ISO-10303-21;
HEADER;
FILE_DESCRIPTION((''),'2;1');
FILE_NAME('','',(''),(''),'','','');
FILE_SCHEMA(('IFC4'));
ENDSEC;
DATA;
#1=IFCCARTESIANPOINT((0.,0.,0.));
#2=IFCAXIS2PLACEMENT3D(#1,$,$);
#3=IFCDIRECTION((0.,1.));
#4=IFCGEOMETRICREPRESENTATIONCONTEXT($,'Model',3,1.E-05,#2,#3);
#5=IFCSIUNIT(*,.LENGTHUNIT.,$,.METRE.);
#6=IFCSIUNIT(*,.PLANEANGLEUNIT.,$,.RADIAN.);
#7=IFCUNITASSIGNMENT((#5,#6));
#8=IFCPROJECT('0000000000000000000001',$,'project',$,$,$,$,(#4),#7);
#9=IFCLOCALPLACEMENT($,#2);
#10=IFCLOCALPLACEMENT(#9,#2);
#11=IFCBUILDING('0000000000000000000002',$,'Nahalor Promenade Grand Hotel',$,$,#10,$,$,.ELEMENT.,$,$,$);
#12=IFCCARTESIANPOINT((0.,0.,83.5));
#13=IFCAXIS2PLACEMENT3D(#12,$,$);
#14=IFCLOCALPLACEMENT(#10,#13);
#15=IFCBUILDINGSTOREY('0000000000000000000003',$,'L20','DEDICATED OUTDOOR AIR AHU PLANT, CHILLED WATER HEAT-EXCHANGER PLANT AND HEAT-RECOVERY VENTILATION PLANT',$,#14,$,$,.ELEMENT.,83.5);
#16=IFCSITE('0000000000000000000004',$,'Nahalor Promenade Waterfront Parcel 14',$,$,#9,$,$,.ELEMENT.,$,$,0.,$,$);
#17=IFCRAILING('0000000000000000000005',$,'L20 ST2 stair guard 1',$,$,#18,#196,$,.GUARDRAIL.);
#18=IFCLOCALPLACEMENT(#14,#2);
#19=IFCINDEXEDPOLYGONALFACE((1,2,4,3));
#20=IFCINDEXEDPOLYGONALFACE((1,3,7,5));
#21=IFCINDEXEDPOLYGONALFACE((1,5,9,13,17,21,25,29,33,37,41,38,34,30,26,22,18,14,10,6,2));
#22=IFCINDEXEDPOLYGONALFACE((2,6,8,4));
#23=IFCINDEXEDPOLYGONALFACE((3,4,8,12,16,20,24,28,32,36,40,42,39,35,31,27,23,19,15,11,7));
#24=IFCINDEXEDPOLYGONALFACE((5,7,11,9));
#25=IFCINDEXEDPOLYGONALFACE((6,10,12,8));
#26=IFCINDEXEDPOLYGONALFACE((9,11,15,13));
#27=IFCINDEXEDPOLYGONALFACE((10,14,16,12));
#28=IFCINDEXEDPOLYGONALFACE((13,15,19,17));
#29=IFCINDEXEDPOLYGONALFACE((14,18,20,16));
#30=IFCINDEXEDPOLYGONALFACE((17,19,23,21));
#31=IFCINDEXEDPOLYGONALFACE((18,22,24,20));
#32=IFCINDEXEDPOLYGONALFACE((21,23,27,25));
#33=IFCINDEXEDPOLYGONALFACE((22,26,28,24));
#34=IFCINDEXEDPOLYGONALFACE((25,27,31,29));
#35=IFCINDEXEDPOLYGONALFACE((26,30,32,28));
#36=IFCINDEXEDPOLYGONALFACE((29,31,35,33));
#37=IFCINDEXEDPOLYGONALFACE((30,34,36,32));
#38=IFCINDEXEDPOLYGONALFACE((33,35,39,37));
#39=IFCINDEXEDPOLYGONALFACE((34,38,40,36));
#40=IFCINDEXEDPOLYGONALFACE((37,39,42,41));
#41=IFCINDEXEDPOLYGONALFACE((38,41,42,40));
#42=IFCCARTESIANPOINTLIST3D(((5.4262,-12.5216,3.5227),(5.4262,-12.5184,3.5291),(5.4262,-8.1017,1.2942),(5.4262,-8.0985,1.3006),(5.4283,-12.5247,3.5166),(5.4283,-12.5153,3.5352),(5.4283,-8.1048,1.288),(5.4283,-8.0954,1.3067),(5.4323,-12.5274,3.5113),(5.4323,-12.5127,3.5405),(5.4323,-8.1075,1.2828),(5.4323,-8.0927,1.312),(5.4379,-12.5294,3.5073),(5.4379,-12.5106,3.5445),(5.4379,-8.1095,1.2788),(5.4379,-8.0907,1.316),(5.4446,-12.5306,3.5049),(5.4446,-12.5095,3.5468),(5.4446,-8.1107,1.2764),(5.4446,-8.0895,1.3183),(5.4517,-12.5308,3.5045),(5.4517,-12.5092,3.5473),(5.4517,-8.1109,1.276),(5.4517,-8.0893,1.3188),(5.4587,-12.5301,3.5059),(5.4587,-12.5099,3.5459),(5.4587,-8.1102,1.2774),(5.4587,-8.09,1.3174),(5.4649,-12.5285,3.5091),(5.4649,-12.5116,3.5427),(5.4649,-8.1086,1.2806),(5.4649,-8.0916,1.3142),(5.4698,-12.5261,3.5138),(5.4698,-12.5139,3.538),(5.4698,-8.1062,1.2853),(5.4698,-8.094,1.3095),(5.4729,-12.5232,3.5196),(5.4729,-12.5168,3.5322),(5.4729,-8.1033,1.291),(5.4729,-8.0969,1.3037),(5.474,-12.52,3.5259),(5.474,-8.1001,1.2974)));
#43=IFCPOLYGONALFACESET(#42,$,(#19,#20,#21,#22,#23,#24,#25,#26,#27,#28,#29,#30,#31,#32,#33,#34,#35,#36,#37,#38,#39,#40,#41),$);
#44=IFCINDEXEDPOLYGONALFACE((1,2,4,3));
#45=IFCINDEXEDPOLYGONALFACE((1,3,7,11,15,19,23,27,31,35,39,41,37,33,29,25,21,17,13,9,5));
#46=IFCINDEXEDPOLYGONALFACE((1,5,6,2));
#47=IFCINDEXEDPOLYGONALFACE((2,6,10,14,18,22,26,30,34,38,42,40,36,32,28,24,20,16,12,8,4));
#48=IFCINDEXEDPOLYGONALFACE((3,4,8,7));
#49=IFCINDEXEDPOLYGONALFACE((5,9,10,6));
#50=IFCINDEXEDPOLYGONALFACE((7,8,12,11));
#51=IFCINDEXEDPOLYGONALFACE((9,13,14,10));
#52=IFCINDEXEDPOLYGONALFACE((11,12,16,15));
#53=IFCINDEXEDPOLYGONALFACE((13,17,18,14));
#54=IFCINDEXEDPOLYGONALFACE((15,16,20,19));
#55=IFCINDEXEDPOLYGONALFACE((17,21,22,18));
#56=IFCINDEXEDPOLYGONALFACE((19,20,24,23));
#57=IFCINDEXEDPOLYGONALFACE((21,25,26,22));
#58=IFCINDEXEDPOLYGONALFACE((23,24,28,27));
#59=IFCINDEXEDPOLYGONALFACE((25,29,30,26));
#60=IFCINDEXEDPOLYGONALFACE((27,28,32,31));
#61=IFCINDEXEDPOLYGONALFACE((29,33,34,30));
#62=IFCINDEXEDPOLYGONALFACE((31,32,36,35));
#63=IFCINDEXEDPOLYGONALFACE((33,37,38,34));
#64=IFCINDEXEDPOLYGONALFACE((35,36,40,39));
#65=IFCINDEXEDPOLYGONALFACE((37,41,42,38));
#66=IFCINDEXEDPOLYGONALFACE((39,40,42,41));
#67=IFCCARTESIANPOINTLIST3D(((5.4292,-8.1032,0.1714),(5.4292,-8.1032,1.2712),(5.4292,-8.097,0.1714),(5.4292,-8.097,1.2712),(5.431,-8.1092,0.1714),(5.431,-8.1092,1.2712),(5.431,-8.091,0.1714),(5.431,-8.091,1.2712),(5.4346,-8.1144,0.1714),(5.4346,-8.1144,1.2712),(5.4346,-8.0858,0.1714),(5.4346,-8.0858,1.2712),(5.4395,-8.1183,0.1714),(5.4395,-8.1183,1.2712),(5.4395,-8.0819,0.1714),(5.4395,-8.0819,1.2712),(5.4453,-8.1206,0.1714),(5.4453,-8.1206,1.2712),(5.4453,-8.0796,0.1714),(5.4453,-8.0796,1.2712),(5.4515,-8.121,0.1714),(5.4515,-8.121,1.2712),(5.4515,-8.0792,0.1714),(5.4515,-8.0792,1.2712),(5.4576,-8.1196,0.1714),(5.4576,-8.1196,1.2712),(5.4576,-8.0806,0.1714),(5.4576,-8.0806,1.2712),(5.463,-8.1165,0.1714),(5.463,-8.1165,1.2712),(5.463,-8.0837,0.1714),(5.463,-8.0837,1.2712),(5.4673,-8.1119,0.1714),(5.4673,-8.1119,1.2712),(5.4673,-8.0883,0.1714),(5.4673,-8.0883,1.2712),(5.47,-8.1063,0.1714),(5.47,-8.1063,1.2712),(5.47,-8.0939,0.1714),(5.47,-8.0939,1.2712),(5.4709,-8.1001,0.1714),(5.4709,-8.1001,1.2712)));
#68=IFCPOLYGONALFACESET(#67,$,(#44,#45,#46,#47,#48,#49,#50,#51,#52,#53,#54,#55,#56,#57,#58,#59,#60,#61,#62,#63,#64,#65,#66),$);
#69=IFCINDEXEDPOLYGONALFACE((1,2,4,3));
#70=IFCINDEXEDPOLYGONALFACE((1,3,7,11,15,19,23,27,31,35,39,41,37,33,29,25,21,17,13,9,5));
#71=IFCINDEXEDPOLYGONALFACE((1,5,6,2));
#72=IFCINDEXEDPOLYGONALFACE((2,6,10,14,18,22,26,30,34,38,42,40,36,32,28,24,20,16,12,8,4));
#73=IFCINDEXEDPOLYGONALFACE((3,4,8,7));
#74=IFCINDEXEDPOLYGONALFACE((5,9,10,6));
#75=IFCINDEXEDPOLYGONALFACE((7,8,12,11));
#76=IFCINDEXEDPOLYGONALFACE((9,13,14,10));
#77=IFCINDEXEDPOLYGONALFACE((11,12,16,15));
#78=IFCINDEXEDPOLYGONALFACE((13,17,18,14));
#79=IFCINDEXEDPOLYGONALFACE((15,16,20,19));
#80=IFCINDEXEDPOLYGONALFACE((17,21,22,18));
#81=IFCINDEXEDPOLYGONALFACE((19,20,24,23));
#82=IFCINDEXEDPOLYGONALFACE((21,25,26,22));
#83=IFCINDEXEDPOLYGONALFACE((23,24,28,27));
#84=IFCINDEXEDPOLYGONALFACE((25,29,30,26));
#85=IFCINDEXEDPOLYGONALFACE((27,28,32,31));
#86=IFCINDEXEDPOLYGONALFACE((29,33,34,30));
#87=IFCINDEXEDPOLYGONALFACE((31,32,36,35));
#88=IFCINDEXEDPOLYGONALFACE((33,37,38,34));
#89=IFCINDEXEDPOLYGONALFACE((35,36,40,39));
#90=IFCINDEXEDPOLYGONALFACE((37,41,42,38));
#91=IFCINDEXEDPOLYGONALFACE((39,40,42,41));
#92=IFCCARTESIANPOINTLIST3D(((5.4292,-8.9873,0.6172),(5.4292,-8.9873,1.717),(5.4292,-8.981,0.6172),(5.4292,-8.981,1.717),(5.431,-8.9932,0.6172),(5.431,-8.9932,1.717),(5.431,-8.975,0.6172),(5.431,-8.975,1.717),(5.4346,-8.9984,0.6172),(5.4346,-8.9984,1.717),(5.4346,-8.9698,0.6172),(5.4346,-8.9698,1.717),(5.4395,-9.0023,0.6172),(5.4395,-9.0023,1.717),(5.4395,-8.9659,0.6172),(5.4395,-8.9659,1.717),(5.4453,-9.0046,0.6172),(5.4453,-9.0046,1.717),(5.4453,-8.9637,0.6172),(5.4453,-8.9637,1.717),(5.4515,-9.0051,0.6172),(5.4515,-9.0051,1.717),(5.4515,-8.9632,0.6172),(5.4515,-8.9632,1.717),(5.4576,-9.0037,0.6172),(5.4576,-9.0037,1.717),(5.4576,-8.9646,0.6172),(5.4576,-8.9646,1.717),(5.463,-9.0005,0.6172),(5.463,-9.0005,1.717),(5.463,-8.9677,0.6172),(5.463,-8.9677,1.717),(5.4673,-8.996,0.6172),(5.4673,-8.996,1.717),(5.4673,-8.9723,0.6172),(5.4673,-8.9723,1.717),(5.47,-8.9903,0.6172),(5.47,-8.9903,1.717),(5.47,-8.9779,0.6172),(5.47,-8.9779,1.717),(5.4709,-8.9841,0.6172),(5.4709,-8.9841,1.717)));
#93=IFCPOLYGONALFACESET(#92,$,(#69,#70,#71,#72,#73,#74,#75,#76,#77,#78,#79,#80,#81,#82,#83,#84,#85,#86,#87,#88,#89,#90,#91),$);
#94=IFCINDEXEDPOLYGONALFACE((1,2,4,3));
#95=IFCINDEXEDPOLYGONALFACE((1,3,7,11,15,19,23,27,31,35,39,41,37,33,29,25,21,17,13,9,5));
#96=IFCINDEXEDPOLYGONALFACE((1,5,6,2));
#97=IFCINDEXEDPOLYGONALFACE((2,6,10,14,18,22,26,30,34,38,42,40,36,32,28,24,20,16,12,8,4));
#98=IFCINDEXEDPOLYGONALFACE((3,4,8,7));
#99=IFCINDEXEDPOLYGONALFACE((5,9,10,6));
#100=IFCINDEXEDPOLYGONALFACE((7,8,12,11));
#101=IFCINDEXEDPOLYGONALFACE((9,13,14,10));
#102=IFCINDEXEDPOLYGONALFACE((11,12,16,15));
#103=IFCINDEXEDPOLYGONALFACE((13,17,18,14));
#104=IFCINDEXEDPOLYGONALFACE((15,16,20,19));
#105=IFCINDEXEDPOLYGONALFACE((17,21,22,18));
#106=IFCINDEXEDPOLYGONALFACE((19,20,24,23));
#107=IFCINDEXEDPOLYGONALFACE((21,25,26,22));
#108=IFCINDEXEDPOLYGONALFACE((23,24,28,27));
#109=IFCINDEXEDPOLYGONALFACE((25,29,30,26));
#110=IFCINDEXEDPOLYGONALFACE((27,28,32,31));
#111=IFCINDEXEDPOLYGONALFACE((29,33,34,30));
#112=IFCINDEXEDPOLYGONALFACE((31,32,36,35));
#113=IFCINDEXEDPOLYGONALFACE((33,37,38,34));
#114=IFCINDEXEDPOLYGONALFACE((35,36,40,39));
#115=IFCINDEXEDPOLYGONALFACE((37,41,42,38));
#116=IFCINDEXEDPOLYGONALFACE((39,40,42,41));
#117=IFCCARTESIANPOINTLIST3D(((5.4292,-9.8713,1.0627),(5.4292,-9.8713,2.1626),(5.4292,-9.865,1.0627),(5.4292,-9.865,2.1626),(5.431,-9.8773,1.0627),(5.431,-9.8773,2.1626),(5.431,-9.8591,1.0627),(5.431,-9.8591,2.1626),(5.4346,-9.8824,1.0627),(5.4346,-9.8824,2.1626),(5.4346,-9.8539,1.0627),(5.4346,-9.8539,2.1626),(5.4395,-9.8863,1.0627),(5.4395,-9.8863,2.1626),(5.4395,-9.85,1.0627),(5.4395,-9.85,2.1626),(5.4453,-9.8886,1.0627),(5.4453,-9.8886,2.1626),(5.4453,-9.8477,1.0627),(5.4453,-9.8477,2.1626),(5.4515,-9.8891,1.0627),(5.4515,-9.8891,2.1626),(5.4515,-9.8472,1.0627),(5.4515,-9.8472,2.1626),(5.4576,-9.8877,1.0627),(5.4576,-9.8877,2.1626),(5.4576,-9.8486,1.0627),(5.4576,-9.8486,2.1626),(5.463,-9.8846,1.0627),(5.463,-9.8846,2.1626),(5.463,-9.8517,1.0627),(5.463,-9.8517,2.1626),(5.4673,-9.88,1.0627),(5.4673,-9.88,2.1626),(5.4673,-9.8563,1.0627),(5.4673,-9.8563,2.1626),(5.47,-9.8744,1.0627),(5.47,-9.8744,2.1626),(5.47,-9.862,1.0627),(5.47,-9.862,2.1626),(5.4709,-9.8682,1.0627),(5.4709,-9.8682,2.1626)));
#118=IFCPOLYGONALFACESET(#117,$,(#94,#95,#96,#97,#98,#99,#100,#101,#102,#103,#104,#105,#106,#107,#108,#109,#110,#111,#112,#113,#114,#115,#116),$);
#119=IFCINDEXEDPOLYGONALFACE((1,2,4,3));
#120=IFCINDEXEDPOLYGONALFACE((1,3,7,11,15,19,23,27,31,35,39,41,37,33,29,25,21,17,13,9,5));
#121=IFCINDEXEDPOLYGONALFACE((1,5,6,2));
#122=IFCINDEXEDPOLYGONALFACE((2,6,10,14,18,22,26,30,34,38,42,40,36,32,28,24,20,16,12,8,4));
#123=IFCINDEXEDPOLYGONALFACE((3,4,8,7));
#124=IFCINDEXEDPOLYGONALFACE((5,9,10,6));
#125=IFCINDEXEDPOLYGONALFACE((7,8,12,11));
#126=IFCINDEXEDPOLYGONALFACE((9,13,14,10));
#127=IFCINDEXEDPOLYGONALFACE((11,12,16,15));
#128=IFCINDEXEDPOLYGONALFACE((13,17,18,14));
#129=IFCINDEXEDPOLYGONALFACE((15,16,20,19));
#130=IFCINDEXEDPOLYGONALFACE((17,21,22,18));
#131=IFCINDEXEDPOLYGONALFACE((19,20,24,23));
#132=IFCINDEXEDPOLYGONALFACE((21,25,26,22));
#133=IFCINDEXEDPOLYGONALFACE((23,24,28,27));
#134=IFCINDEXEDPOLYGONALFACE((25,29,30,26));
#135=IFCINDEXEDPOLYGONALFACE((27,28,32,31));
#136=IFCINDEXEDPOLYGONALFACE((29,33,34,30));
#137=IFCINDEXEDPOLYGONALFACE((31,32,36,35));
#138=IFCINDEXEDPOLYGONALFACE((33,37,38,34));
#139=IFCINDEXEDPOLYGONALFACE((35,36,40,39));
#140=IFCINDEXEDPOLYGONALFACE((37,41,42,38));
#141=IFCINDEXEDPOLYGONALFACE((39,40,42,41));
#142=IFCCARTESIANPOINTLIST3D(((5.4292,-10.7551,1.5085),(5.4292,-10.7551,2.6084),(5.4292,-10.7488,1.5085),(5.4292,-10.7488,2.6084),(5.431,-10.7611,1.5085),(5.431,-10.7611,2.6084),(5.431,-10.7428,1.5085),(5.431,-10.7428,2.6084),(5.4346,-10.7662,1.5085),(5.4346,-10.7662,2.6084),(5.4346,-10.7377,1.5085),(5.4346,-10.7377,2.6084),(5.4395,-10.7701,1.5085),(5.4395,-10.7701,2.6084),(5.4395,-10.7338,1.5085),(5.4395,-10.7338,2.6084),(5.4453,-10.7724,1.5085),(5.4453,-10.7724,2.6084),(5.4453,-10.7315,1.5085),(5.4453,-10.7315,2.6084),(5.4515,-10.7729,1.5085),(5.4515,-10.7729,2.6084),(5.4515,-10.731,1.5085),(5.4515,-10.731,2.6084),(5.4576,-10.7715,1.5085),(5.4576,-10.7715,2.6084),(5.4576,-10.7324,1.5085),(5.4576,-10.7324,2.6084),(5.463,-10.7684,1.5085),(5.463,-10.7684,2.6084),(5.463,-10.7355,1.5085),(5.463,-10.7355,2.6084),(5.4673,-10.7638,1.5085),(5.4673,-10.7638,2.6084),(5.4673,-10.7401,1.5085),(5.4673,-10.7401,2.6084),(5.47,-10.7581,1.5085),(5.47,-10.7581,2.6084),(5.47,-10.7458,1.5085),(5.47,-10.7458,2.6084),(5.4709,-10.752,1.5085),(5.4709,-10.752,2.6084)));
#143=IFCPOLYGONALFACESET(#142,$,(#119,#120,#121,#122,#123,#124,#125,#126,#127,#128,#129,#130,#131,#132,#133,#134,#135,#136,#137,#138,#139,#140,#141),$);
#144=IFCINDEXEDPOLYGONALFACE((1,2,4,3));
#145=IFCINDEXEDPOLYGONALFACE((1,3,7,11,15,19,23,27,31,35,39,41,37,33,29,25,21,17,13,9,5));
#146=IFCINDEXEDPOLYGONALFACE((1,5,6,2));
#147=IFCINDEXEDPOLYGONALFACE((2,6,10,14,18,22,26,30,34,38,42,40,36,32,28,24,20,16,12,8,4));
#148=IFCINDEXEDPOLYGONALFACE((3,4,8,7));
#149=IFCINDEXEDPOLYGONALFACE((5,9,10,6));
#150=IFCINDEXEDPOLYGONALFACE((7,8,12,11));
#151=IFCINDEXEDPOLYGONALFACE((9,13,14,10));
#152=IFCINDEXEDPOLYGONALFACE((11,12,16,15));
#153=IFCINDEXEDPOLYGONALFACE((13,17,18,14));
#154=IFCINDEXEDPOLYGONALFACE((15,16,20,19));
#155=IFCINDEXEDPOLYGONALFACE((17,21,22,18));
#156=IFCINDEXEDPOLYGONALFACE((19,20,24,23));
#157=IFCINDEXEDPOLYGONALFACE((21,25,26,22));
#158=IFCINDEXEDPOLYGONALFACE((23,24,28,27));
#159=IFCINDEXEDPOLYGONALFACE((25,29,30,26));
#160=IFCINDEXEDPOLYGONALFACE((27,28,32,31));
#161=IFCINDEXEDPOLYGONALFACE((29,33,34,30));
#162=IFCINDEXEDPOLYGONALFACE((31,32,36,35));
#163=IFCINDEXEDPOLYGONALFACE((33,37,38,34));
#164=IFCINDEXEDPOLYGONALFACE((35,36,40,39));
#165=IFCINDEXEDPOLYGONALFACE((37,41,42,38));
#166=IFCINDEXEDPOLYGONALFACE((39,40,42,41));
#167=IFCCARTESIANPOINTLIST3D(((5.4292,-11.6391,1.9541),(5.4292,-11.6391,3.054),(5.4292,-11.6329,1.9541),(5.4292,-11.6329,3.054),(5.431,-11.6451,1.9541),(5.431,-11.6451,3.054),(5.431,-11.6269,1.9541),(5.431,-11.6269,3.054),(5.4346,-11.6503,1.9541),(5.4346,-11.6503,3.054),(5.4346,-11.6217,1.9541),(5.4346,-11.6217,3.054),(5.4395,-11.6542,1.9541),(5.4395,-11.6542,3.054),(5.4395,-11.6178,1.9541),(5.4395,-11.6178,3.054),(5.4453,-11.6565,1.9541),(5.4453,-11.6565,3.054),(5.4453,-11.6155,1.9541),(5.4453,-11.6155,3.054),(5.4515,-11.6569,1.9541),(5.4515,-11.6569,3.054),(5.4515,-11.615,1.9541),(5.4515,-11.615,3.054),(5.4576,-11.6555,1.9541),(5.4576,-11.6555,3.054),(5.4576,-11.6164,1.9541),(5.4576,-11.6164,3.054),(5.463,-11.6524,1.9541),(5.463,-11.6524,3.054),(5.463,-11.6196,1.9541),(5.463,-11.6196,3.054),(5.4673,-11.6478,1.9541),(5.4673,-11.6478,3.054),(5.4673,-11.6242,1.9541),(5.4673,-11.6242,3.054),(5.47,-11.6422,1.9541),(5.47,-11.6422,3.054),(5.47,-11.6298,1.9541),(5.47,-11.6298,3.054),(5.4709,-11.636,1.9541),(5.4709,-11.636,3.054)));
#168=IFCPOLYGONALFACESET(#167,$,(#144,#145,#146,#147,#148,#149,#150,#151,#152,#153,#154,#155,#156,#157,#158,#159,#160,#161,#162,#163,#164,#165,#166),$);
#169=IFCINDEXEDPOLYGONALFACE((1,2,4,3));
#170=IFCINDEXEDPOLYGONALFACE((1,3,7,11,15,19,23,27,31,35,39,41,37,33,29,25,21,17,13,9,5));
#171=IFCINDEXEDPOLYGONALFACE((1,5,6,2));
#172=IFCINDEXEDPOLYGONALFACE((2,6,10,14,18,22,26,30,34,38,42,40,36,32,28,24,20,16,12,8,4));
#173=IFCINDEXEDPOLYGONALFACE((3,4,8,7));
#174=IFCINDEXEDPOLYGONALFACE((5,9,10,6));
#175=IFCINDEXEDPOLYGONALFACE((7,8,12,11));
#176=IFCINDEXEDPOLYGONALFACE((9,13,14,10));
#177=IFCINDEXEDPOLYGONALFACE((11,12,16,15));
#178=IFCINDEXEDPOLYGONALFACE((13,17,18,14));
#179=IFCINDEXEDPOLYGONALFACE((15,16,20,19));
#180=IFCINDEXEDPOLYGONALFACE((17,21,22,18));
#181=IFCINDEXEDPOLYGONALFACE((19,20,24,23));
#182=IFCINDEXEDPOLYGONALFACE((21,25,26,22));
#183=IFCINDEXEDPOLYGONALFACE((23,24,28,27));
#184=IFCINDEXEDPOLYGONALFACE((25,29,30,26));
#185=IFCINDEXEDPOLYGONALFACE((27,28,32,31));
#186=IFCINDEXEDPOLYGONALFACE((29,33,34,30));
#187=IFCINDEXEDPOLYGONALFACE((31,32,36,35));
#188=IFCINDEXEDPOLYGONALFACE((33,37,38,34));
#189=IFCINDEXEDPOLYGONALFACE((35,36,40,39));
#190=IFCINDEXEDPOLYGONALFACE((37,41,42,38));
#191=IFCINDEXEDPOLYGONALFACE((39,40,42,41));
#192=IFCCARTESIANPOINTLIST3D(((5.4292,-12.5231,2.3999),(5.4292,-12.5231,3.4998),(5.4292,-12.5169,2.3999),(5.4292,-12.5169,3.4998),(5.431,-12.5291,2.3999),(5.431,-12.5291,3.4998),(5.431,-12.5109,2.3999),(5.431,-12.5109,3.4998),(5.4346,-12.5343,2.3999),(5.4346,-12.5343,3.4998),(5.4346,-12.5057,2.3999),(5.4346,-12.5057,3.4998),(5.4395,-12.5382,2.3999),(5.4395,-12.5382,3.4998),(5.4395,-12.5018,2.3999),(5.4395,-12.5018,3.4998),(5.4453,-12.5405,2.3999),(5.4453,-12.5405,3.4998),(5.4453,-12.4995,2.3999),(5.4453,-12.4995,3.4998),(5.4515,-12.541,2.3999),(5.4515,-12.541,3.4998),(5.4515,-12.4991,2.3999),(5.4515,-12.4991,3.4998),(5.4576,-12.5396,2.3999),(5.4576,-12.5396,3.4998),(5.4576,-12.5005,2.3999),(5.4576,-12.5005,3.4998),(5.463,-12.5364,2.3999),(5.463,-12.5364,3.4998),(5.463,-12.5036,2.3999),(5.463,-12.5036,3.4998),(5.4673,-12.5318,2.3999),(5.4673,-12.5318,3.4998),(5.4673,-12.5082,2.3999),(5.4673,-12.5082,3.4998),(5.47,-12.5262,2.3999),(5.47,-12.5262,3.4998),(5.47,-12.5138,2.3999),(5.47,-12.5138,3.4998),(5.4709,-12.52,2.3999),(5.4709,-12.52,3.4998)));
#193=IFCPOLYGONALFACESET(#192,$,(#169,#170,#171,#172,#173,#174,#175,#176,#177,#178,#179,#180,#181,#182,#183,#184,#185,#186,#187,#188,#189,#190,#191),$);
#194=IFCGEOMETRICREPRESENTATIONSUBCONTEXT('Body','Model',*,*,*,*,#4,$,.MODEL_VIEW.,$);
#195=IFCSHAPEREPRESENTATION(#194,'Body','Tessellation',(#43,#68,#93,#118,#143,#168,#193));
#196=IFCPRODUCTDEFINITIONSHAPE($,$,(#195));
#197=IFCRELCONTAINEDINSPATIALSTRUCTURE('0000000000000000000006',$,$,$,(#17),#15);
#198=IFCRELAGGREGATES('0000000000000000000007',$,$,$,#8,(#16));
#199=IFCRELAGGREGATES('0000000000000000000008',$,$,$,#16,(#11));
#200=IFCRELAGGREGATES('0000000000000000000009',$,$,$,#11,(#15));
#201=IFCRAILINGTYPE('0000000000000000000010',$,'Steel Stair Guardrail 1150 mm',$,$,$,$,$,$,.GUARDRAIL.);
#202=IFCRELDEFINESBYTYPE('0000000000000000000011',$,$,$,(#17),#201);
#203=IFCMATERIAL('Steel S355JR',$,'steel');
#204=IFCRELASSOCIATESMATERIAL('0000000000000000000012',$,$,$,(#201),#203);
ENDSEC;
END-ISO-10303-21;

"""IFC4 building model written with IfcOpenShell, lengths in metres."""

from ifc_helpers import new_model, si_unit, direction, frame, origin, origin_2d, place, context, subcontext, project, spatial, circle, extrude, material, type_object, element, save


model = new_model("IFC4")

# Units and contexts
model_context = context("Model", 3, precision=1e-05, world=origin(), true_north=direction((0.0, 1.0)))
body_context = subcontext(model_context, "Body", "Model", "MODEL_VIEW")
ifc_project = project(units=[si_unit("LENGTHUNIT", "METRE"), si_unit("PLANEANGLEUNIT", "RADIAN")], contexts=[model_context])

# Site, building, storey
site_placement = place(None, origin())
site = spatial("IfcSite", under=ifc_project, at=site_placement, Name="Nahalor Promenade Waterfront Parcel 14", CompositionType="ELEMENT", RefElevation=0.0)
building_placement = place(site_placement, origin())
building = spatial("IfcBuilding", under=site, at=building_placement, Name="Nahalor Promenade Grand Hotel", CompositionType="ELEMENT")
storey_placement = place(building_placement, frame((0.0, 0.0, 83.5)))
storey = spatial("IfcBuildingStorey", under=building, at=storey_placement, Name="L20", Description="DEDICATED OUTDOOR AIR AHU PLANT, CHILLED WATER HEAT-EXCHANGER PLANT AND HEAT-RECOVERY VENTILATION PLANT", CompositionType="ELEMENT", Elevation=83.5)

# Shared definitions
ifc_material_1 = material(Name="Steel S355JR", Category="steel")

# Railing
railing_type_1 = type_object("IfcRailingType", Name="Steel Stair Guardrail 1150 mm", PredefinedType="GUARDRAIL", material=ifc_material_1)
railing_1_placement = place(storey_placement, frame((5.45, -8.1001, 0.1714)))
element("IfcRailing", 1, at=railing_1_placement, inside=storey, type_object=railing_type_1, Name="L20 ST2 stair guard 1", PredefinedType="GUARDRAIL", context=body_context, shape_type="SweptSolid", body=[
    extrude(circle(Radius=0.024, at=origin_2d()), frame((0.0, 0.0, 1.126), z_axis=(0.0, -0.892923, 0.45021), x_axis=(1.0, 0.0, 0.0)), (0.0, 0.0, 1.0), 4.95),
    extrude(circle(Radius=0.021, at=origin_2d()), origin(), (0.0, 0.0, 1.0), 1.0999),
    extrude(circle(Radius=0.021, at=origin_2d()), frame((0.0, -0.884, 0.4458)), (0.0, 0.0, 1.0), 1.0999),
    extrude(circle(Radius=0.021, at=origin_2d()), frame((0.0, -1.7681, 0.8914)), (0.0, 0.0, 1.0), 1.0999),
    extrude(circle(Radius=0.021, at=origin_2d()), frame((0.0, -2.6519, 1.3372)), (0.0, 0.0, 1.0), 1.0999),
    extrude(circle(Radius=0.021, at=origin_2d()), frame((0.0, -3.5359, 1.7827)), (0.0, 0.0, 1.0), 1.0999),
    extrude(circle(Radius=0.021, at=origin_2d()), frame((0.0, -4.4199, 2.2285)), (0.0, 0.0, 1.0), 1.0999),
])

save(model, "model.ifc")
